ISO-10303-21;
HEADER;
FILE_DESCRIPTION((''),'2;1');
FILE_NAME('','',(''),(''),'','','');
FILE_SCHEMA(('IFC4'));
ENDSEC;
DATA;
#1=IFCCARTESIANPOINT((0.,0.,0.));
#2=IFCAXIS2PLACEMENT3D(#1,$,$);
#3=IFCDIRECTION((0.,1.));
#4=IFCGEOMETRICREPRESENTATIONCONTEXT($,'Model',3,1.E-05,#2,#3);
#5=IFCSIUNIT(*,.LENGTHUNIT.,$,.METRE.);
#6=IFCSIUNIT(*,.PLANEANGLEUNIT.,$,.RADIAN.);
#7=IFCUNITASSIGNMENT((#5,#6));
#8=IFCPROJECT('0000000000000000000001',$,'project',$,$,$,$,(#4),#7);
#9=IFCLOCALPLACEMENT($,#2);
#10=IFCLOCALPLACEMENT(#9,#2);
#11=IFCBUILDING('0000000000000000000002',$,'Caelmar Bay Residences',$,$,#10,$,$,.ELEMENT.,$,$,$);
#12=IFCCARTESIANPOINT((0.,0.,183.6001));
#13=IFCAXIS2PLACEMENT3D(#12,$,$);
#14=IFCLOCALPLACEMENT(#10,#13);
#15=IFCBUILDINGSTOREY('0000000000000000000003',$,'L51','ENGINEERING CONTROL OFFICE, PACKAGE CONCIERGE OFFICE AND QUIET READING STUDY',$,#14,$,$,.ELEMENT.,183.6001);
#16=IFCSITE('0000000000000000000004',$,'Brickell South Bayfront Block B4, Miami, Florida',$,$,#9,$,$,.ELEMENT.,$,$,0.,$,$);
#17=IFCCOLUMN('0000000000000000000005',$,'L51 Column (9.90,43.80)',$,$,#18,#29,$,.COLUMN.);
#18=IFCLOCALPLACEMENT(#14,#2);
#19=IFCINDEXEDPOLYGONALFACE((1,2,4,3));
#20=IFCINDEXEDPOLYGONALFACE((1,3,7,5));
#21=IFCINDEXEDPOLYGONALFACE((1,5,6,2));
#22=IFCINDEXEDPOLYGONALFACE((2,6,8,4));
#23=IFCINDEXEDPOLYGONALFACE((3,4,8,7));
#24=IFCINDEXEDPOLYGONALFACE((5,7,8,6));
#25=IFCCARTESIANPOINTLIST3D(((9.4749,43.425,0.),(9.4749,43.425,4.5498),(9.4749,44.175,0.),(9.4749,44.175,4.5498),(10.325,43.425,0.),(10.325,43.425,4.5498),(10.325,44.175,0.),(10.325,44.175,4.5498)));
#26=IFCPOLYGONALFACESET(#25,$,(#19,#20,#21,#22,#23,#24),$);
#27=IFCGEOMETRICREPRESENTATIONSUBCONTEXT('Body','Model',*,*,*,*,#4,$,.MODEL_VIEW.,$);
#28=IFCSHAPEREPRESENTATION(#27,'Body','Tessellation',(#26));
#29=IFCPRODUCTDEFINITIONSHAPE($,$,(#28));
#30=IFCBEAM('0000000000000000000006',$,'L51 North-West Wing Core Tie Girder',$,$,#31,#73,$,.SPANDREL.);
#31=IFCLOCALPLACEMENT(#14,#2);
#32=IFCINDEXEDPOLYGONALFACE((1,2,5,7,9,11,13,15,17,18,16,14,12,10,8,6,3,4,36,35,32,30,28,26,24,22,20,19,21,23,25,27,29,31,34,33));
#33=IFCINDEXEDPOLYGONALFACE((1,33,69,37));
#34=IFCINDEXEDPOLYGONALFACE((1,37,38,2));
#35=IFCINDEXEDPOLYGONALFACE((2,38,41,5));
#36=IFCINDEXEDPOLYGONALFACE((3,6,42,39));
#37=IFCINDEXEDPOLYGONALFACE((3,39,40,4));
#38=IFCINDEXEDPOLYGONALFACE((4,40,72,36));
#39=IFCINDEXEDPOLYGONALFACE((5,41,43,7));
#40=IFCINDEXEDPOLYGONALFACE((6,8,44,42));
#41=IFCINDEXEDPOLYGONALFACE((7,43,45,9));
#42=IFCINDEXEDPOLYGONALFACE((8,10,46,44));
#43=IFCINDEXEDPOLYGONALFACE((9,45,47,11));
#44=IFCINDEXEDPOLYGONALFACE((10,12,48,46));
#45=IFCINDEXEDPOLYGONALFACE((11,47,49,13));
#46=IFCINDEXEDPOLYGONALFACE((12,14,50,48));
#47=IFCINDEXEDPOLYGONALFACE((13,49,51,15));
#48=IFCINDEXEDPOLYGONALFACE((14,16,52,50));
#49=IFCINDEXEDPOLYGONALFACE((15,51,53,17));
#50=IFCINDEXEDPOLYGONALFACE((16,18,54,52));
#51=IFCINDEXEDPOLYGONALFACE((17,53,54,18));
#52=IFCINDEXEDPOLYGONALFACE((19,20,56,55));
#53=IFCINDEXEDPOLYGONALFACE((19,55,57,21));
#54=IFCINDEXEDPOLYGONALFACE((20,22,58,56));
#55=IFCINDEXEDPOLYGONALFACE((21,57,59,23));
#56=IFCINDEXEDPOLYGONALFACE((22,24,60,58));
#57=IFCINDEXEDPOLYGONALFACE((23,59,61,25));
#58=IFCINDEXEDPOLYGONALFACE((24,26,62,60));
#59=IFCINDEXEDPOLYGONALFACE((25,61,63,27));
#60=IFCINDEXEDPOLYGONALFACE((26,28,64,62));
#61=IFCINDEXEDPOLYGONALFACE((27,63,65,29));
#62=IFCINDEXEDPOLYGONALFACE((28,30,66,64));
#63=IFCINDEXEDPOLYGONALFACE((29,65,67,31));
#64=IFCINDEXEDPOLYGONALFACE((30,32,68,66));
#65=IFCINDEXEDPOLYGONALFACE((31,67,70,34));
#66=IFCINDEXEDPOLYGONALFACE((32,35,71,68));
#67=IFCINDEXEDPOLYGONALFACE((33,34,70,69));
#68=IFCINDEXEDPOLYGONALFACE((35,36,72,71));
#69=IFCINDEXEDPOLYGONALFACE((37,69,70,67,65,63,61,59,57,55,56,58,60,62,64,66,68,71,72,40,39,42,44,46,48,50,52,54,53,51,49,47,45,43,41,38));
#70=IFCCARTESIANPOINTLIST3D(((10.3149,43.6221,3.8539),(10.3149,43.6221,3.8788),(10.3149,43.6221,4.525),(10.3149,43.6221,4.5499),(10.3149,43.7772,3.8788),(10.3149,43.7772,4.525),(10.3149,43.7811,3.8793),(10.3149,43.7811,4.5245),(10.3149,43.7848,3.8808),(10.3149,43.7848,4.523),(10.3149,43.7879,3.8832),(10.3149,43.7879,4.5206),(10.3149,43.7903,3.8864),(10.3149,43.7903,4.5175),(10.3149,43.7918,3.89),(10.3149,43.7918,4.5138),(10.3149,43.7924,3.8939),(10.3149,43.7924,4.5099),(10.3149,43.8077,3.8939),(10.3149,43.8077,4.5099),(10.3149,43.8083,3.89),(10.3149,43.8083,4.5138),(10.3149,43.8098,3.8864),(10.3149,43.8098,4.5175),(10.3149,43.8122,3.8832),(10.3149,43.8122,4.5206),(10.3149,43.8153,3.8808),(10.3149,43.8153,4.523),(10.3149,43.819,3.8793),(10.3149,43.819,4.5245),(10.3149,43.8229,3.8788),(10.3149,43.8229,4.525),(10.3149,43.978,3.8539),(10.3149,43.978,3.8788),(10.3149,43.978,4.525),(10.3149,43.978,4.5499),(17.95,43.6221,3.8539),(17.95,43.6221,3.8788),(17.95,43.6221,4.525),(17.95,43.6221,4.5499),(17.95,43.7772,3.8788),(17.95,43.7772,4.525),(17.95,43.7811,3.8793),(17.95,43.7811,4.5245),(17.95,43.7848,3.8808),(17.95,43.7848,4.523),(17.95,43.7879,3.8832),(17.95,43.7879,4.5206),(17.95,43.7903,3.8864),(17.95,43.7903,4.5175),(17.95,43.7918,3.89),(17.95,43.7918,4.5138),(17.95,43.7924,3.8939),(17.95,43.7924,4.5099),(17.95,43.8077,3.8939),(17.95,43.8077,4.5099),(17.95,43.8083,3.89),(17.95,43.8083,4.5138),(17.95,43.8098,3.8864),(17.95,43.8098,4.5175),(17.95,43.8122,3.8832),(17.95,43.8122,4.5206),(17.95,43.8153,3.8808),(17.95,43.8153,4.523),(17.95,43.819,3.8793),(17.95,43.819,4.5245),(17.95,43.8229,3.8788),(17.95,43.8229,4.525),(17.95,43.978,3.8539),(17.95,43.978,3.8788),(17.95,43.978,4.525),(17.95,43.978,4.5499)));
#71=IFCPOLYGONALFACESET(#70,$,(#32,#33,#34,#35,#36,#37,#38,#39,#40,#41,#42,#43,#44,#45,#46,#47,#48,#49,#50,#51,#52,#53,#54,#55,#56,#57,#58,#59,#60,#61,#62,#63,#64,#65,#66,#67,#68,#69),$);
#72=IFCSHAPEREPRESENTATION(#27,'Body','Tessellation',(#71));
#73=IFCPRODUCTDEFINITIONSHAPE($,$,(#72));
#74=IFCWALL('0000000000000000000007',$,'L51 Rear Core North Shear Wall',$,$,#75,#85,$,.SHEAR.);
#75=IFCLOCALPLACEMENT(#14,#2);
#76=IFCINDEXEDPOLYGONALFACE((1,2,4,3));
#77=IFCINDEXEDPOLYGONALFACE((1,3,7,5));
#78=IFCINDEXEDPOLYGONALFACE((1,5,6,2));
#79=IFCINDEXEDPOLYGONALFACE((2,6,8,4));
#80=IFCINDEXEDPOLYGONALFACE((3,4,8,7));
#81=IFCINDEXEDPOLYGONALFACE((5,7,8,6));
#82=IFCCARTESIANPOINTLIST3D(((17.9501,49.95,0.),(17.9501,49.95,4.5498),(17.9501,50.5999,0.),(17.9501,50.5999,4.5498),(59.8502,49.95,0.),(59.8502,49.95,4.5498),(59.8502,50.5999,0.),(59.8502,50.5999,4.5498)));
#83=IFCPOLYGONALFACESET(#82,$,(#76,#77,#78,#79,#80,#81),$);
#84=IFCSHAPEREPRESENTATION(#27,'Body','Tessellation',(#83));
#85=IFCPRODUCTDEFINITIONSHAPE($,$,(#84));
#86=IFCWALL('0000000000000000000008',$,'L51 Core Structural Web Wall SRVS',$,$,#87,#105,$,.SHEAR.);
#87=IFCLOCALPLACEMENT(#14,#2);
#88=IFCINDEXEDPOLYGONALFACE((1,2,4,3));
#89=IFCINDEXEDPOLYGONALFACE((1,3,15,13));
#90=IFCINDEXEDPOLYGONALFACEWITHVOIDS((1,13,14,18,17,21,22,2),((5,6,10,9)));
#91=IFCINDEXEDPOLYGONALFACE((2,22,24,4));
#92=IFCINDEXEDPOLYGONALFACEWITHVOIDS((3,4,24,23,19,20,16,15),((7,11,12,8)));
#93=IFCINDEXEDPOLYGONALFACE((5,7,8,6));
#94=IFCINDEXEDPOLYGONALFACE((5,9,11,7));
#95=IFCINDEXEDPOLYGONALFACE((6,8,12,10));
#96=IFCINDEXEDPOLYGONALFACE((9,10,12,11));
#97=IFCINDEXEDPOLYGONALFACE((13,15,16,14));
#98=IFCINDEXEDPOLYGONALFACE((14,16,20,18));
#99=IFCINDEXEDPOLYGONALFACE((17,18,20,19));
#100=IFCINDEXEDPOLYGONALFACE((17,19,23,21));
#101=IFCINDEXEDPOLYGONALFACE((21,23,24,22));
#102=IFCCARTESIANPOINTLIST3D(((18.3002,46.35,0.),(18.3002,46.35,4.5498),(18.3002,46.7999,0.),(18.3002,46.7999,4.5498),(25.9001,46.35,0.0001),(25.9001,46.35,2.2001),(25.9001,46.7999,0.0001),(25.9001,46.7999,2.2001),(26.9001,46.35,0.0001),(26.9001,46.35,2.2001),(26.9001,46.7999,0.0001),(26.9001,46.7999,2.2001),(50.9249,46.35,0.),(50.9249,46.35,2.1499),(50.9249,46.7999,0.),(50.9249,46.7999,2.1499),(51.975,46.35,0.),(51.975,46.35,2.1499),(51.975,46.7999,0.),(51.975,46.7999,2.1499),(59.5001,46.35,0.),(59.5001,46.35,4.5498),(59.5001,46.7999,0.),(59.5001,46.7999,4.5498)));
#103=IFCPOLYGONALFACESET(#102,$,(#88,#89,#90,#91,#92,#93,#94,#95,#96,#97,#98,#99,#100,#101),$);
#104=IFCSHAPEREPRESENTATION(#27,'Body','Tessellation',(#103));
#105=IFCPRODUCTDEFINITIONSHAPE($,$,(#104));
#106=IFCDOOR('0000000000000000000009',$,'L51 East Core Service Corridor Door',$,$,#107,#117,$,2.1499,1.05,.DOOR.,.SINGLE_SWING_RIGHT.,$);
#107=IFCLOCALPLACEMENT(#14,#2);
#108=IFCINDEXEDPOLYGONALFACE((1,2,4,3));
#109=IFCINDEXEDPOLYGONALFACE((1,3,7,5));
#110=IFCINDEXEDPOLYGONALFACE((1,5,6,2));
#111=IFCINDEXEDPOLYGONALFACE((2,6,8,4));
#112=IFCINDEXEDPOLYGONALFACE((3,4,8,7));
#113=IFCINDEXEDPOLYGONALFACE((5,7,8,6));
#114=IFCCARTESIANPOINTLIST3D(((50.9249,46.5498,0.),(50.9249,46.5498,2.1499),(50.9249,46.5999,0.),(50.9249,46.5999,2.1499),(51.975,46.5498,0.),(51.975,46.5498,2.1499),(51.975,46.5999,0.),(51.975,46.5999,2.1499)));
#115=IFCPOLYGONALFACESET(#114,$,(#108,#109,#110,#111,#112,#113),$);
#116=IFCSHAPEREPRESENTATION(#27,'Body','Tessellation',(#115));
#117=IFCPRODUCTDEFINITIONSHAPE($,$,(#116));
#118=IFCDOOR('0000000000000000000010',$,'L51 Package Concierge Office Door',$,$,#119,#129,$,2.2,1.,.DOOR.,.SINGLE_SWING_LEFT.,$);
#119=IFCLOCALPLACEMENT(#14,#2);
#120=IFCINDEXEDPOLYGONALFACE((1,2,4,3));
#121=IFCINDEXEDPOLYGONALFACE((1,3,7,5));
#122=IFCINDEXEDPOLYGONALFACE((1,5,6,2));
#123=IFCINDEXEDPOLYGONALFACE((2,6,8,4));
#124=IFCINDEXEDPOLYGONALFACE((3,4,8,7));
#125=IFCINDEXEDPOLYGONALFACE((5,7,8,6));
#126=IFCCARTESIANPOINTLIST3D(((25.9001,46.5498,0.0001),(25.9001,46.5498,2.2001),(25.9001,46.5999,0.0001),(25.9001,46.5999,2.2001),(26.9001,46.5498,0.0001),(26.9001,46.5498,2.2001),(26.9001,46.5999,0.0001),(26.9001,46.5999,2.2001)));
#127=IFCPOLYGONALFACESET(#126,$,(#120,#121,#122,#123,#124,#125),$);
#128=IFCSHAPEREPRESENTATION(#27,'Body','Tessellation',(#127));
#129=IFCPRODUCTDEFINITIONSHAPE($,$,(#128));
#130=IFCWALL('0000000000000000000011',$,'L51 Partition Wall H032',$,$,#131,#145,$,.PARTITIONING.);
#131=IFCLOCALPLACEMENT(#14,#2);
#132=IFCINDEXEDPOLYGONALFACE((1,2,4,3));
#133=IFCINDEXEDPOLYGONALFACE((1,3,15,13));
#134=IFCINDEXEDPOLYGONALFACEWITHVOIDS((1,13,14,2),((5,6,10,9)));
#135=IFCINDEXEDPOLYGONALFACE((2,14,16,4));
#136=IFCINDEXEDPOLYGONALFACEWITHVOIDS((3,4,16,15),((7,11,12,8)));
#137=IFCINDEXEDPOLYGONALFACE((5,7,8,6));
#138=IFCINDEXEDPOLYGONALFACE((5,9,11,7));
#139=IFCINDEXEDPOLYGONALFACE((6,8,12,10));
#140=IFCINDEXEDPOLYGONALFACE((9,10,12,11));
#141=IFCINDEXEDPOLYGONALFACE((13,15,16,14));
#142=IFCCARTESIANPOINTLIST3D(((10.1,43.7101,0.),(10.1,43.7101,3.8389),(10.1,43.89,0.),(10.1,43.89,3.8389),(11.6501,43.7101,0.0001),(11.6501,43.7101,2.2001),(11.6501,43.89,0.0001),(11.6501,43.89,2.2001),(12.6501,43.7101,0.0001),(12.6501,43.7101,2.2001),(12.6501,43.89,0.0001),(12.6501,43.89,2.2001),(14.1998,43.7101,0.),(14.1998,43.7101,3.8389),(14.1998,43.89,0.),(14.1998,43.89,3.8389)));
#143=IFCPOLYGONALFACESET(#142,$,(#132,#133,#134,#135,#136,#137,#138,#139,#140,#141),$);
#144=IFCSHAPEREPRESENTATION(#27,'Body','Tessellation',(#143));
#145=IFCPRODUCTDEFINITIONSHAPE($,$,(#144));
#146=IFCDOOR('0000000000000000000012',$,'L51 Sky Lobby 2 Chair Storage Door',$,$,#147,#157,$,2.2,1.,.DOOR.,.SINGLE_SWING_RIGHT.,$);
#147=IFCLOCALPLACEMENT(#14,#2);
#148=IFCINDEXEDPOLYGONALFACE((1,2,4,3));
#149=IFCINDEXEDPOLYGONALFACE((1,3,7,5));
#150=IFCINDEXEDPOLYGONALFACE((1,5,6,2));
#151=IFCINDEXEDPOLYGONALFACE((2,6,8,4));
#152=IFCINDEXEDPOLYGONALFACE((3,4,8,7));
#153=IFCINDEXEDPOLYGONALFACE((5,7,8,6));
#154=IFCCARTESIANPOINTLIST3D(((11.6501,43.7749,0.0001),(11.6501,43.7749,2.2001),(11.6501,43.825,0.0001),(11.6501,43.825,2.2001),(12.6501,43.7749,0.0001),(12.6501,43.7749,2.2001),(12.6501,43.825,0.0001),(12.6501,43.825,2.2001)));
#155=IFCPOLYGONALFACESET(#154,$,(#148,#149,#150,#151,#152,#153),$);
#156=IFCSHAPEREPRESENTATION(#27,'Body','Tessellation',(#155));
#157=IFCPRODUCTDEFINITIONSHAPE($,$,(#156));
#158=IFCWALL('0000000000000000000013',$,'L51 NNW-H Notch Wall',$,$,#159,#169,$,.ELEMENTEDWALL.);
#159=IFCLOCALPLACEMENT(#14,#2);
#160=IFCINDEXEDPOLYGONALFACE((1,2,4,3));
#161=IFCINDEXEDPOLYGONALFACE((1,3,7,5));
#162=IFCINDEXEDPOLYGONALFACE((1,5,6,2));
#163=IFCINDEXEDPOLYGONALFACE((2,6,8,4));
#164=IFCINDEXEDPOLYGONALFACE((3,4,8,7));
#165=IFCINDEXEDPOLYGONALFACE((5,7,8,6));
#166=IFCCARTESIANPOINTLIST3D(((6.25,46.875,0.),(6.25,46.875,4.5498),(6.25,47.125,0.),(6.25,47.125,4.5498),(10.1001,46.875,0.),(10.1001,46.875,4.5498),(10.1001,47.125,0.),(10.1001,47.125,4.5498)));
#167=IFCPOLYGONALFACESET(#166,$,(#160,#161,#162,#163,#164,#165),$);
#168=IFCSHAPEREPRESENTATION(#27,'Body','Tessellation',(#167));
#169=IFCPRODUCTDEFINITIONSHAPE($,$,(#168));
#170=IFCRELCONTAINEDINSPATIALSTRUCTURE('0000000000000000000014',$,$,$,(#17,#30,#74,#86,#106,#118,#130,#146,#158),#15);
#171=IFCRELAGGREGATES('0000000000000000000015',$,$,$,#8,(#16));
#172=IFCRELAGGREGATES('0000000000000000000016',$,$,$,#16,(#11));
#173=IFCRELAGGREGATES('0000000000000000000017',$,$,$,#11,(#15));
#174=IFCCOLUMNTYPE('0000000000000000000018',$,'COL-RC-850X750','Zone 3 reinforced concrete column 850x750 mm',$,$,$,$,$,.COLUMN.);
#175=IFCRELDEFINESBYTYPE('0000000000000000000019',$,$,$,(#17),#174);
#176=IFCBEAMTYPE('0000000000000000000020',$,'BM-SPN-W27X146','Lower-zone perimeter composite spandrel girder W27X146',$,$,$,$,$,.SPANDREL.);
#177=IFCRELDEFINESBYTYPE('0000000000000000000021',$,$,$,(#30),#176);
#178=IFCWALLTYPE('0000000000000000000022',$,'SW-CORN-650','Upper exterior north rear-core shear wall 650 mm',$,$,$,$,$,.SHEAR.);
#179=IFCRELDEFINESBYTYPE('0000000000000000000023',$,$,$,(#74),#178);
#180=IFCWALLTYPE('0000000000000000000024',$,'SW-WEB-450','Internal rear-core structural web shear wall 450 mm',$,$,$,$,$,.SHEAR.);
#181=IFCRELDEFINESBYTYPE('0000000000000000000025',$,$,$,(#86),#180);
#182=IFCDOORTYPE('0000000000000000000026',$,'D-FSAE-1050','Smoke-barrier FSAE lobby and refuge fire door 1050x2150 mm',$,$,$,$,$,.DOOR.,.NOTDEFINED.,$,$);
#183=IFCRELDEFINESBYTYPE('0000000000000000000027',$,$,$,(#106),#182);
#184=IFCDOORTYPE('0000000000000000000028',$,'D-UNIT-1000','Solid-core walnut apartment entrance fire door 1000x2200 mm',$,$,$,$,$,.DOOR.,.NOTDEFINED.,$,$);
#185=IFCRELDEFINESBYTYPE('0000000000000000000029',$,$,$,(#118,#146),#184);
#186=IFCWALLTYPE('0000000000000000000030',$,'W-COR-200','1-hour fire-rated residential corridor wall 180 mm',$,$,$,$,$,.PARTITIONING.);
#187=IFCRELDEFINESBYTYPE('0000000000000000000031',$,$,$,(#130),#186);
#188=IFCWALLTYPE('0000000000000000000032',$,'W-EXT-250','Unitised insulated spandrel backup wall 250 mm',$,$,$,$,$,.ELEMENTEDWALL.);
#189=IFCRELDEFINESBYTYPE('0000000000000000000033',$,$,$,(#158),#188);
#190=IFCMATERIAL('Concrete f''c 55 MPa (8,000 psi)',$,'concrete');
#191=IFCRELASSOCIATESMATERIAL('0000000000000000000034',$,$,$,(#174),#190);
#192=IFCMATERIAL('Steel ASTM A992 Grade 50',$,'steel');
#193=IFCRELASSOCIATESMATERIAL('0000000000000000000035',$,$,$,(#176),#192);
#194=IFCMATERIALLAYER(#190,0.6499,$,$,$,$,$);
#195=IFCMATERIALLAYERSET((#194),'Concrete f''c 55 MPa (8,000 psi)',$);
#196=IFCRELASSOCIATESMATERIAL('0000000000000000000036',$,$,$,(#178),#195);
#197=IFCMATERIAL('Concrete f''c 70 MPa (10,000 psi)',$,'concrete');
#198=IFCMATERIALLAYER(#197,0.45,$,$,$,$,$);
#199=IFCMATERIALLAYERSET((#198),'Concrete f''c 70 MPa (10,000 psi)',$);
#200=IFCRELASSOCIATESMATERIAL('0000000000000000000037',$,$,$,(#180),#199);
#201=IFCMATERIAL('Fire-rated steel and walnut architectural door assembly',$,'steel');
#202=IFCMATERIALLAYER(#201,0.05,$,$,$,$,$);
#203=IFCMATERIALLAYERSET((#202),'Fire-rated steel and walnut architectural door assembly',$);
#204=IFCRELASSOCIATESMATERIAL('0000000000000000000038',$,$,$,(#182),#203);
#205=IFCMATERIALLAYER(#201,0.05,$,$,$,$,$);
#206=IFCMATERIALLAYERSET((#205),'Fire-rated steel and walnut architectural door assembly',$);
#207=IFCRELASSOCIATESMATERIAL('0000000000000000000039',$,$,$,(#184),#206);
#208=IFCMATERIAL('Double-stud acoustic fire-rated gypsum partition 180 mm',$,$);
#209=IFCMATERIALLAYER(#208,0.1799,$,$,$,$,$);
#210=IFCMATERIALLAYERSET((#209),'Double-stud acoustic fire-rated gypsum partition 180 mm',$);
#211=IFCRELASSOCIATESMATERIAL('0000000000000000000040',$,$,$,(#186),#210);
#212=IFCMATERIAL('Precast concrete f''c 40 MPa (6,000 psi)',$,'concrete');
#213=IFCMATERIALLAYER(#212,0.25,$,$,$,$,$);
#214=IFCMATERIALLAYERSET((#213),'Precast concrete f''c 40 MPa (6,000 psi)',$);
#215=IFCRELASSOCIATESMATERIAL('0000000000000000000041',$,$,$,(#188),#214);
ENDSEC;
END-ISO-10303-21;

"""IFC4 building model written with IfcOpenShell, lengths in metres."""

from ifc_helpers import new_model, si_unit, direction, frame, frame_2d, origin, origin_2d, place, context, subcontext, project, spatial, rectangle, i_section, extrude, material, layer, layer_set, material_profile, profile_set, type_object, element, fill, save


model = new_model("IFC4")

# Units and contexts
model_context = context("Model", 3, precision=1e-05, world=origin(), true_north=direction((0.0, 1.0)))
body_context = subcontext(model_context, "Body", "Model", "MODEL_VIEW")
ifc_project = project(units=[si_unit("LENGTHUNIT", "METRE"), si_unit("PLANEANGLEUNIT", "RADIAN")], contexts=[model_context])

# Site, building, storey
site_placement = place(None, origin())
site = spatial("IfcSite", under=ifc_project, at=site_placement, Name="Brickell South Bayfront Block B4, Miami, Florida", CompositionType="ELEMENT", RefElevation=0.0)
building_placement = place(site_placement, origin())
building = spatial("IfcBuilding", under=site, at=building_placement, Name="Caelmar Bay Residences", CompositionType="ELEMENT")
storey_placement = place(building_placement, frame((0.0, 0.0, 183.6001)))
storey = spatial("IfcBuildingStorey", under=building, at=storey_placement, Name="L51", Description="ENGINEERING CONTROL OFFICE, PACKAGE CONCIERGE OFFICE AND QUIET READING STUDY", CompositionType="ELEMENT", Elevation=183.6001)

# Column
ifc_material_1 = material(Name="Concrete f'c 55 MPa (8,000 psi)", Category="concrete")
ifc_material_profile_1 = material_profile(ifc_material_1, rectangle(XDim=0.8501, YDim=0.75, at=origin_2d()), Name="RC-COL-850X750")
ifc_profile_set_1 = profile_set([ifc_material_profile_1], Name="Concrete f'c 55 MPa (8,000 psi)")
column_type = type_object("IfcColumnType", Name="COL-RC-850X750", Description="Zone 3 reinforced concrete column 850x750 mm", PredefinedType="COLUMN", material=ifc_profile_set_1)
column_placement = place(storey_placement, frame((9.8999, 43.8, 0.0), z_axis=(0.0, 0.0, 1.0), x_axis=(1.0, 0.0, 0.0)))
element("IfcColumn", 1, at=column_placement, inside=storey, type_object=column_type, Name="L51 Column (9.90,43.80)", PredefinedType="COLUMN", context=body_context, shape_type="SweptSolid", body=[
    extrude(rectangle(XDim=0.8501, YDim=0.75, at=origin_2d()), origin(), (0.0, 0.0, 1.0), 4.5498),
])

# Beam
ifc_material_2 = material(Name="Steel ASTM A992 Grade 50", Category="steel")
ifc_material_profile_2 = material_profile(ifc_material_2, i_section(OverallWidth=0.356, OverallDepth=0.696, WebThickness=0.0154, FlangeThickness=0.0249, FilletRadius=0.0151, at=origin_2d()), Name="W27X146")
ifc_profile_set_2 = profile_set([ifc_material_profile_2], Name="Steel ASTM A992 Grade 50")
beam_type = type_object("IfcBeamType", Name="BM-SPN-W27X146", Description="Lower-zone perimeter composite spandrel girder W27X146", PredefinedType="SPANDREL", material=ifc_profile_set_2)
beam_placement = place(storey_placement, frame((10.3149, 43.8, 4.2019), z_axis=(1.0, 0.0, 0.0), x_axis=(0.0, 1.0, 0.0)))
element("IfcBeam", 2, at=beam_placement, inside=storey, type_object=beam_type, Name="L51 North-West Wing Core Tie Girder", PredefinedType="SPANDREL", context=body_context, shape_type="SweptSolid", body=[
    extrude(i_section(OverallWidth=0.356, OverallDepth=0.696, WebThickness=0.0154, FlangeThickness=0.0249, FilletRadius=0.0151, at=origin_2d()), origin(), (0.0, 0.0, 1.0), 7.635),
])

# Wall
ifc_layer_1 = layer(ifc_material_1, 0.6499)
ifc_layer_set_1 = layer_set([ifc_layer_1], Name="Concrete f'c 55 MPa (8,000 psi)")
wall_type_1 = type_object("IfcWallType", Name="SW-CORN-650", Description="Upper exterior north rear-core shear wall 650 mm", PredefinedType="SHEAR", material=ifc_layer_set_1)
wall_1_placement = place(storey_placement, frame((17.95, 50.2749, 0.0), z_axis=(0.0, 0.0, 1.0), x_axis=(1.0, 0.0, 0.0)))
element("IfcWall", 3, at=wall_1_placement, inside=storey, type_object=wall_type_1, Name="L51 Rear Core North Shear Wall", PredefinedType="SHEAR", context=body_context, shape_type="SweptSolid", body=[
    extrude(rectangle(XDim=41.9001, YDim=0.6499, at=frame_2d((20.9502, 0.0))), origin(), (0.0, 0.0, 1.0), 4.5498),
])

# Wall, openings, doors
ifc_material_3 = material(Name="Concrete f'c 70 MPa (10,000 psi)", Category="concrete")
ifc_layer_2 = layer(ifc_material_3, 0.45)
ifc_layer_set_2 = layer_set([ifc_layer_2], Name="Concrete f'c 70 MPa (10,000 psi)")
wall_type_2 = type_object("IfcWallType", Name="SW-WEB-450", Description="Internal rear-core structural web shear wall 450 mm", PredefinedType="SHEAR", material=ifc_layer_set_2)
wall_2_placement = place(storey_placement, frame((18.3, 46.575, 0.0), z_axis=(0.0, 0.0, 1.0), x_axis=(1.0, 0.0, 0.0)))
wall_2 = element("IfcWall", 4, at=wall_2_placement, inside=storey, type_object=wall_type_2, Name="L51 Core Structural Web Wall SRVS", PredefinedType="SHEAR", context=body_context, shape_type="SweptSolid", body=[
    extrude(rectangle(XDim=41.2, YDim=0.45, at=frame_2d((20.6001, 0.0))), origin(), (0.0, 0.0, 1.0), 4.5498),
])
opening_1_placement = place(wall_2_placement, frame((7.6001, 0.0, 0.0)))
opening_1 = element("IfcOpeningElement", 5, at=opening_1_placement, cuts=wall_2, PredefinedType="OPENING", context=body_context, shape_type="SweptSolid", body=[
    extrude(rectangle(XDim=1.0, YDim=2.2, at=frame_2d((0.5, 1.1001))), frame((0.0, 0.2349, 0.0), z_axis=(0.0, -1.0, 0.0), x_axis=(1.0, 0.0, 0.0)), (0.0, 0.0, 1.0), 0.47),
])
opening_2_placement = place(wall_2_placement, frame((32.625, 0.0, 0.0)))
opening_2 = element("IfcOpeningElement", 6, at=opening_2_placement, cuts=wall_2, PredefinedType="OPENING", context=body_context, shape_type="SweptSolid", body=[
    extrude(rectangle(XDim=1.05, YDim=2.1499, at=frame_2d((0.5249, 1.075))), frame((0.0, 0.2349, 0.0), z_axis=(0.0, -1.0, 0.0), x_axis=(1.0, 0.0, 0.0)), (0.0, 0.0, 1.0), 0.47),
])
ifc_material_4 = material(Name="Fire-rated steel and walnut architectural door assembly", Category="steel")
ifc_layer_3 = layer(ifc_material_4, 0.05)
ifc_layer_set_3 = layer_set([ifc_layer_3], Name="Fire-rated steel and walnut architectural door assembly")
door_type_1 = type_object("IfcDoorType", Name="D-FSAE-1050", Description="Smoke-barrier FSAE lobby and refuge fire door 1050x2150 mm", OperationType="NOTDEFINED", PredefinedType="DOOR", material=ifc_layer_set_3)
door_1_placement = place(opening_2_placement, origin())
door_1 = element("IfcDoor", 7, at=door_1_placement, inside=storey, type_object=door_type_1, Name="L51 East Core Service Corridor Door", OperationType="SINGLE_SWING_RIGHT", OverallHeight=2.1499, OverallWidth=1.05, PredefinedType="DOOR", context=body_context, shape_type="SweptSolid", body=[
    extrude(rectangle(XDim=1.05, YDim=2.1499, at=frame_2d((0.5249, 1.075))), frame((0.0, 0.0249, 0.0), z_axis=(0.0, -1.0, 0.0), x_axis=(1.0, 0.0, 0.0)), (0.0, 0.0, 1.0), 0.05),
])
fill(opening_2, door_1)
ifc_layer_4 = layer(ifc_material_4, 0.05)
ifc_layer_set_4 = layer_set([ifc_layer_4], Name="Fire-rated steel and walnut architectural door assembly")
door_type_2 = type_object("IfcDoorType", Name="D-UNIT-1000", Description="Solid-core walnut apartment entrance fire door 1000x2200 mm", OperationType="NOTDEFINED", PredefinedType="DOOR", material=ifc_layer_set_4)
door_2_placement = place(opening_1_placement, origin())
door_2 = element("IfcDoor", 8, at=door_2_placement, inside=storey, type_object=door_type_2, Name="L51 Package Concierge Office Door", OperationType="SINGLE_SWING_LEFT", OverallHeight=2.2, OverallWidth=1.0, PredefinedType="DOOR", context=body_context, shape_type="SweptSolid", body=[
    extrude(rectangle(XDim=1.0, YDim=2.2, at=frame_2d((0.5, 1.1001))), frame((0.0, 0.0249, 0.0), z_axis=(0.0, -1.0, 0.0), x_axis=(1.0, 0.0, 0.0)), (0.0, 0.0, 1.0), 0.05),
])
fill(opening_1, door_2)

# Wall, opening, door
ifc_material_5 = material(Name="Double-stud acoustic fire-rated gypsum partition 180 mm")
ifc_layer_5 = layer(ifc_material_5, 0.1799)
ifc_layer_set_5 = layer_set([ifc_layer_5], Name="Double-stud acoustic fire-rated gypsum partition 180 mm")
wall_type_3 = type_object("IfcWallType", Name="W-COR-200", Description="1-hour fire-rated residential corridor wall 180 mm", PredefinedType="PARTITIONING", material=ifc_layer_set_5)
wall_3_placement = place(storey_placement, frame((10.1001, 43.8, 0.0), z_axis=(0.0, 0.0, 1.0), x_axis=(1.0, 0.0, 0.0)))
wall_3 = element("IfcWall", 9, at=wall_3_placement, inside=storey, type_object=wall_type_3, Name="L51 Partition Wall H032", PredefinedType="PARTITIONING", context=body_context, shape_type="SweptSolid", body=[
    extrude(rectangle(XDim=4.0999, YDim=0.1799, at=frame_2d((2.0498, 0.0))), origin(), (0.0, 0.0, 1.0), 3.8389),
])
opening_3_placement = place(wall_3_placement, frame((1.55, 0.0, 0.0)))
opening_3 = element("IfcOpeningElement", 10, at=opening_3_placement, cuts=wall_3, PredefinedType="OPENING", context=body_context, shape_type="SweptSolid", body=[
    extrude(rectangle(XDim=1.0, YDim=2.2, at=frame_2d((0.5, 1.1001))), frame((0.0, 0.0999, 0.0), z_axis=(0.0, -1.0, 0.0), x_axis=(1.0, 0.0, 0.0)), (0.0, 0.0, 1.0), 0.2),
])
door_3_placement = place(opening_3_placement, origin())
door_3 = element("IfcDoor", 11, at=door_3_placement, inside=storey, type_object=door_type_2, Name="L51 Sky Lobby 2 Chair Storage Door", OperationType="SINGLE_SWING_RIGHT", OverallHeight=2.2, OverallWidth=1.0, PredefinedType="DOOR", context=body_context, shape_type="SweptSolid", body=[
    extrude(rectangle(XDim=1.0, YDim=2.2, at=frame_2d((0.5, 1.1001))), frame((0.0, 0.0249, 0.0), z_axis=(0.0, -1.0, 0.0), x_axis=(1.0, 0.0, 0.0)), (0.0, 0.0, 1.0), 0.05),
])
fill(opening_3, door_3)

# Wall
ifc_material_6 = material(Name="Precast concrete f'c 40 MPa (6,000 psi)", Category="concrete")
ifc_layer_6 = layer(ifc_material_6, 0.25)
ifc_layer_set_6 = layer_set([ifc_layer_6], Name="Precast concrete f'c 40 MPa (6,000 psi)")
wall_type_4 = type_object("IfcWallType", Name="W-EXT-250", Description="Unitised insulated spandrel backup wall 250 mm", PredefinedType="ELEMENTEDWALL", material=ifc_layer_set_6)
wall_4_placement = place(storey_placement, frame((6.25, 47.0, 0.0), z_axis=(0.0, 0.0, 1.0), x_axis=(1.0, 0.0, 0.0)))
element("IfcWall", 12, at=wall_4_placement, inside=storey, type_object=wall_type_4, Name="L51 NNW-H Notch Wall", PredefinedType="ELEMENTEDWALL", context=body_context, shape_type="SweptSolid", body=[
    extrude(rectangle(XDim=3.8501, YDim=0.25, at=frame_2d((1.925, 0.0))), origin(), (0.0, 0.0, 1.0), 4.5498),
])

save(model, "model.ifc")
